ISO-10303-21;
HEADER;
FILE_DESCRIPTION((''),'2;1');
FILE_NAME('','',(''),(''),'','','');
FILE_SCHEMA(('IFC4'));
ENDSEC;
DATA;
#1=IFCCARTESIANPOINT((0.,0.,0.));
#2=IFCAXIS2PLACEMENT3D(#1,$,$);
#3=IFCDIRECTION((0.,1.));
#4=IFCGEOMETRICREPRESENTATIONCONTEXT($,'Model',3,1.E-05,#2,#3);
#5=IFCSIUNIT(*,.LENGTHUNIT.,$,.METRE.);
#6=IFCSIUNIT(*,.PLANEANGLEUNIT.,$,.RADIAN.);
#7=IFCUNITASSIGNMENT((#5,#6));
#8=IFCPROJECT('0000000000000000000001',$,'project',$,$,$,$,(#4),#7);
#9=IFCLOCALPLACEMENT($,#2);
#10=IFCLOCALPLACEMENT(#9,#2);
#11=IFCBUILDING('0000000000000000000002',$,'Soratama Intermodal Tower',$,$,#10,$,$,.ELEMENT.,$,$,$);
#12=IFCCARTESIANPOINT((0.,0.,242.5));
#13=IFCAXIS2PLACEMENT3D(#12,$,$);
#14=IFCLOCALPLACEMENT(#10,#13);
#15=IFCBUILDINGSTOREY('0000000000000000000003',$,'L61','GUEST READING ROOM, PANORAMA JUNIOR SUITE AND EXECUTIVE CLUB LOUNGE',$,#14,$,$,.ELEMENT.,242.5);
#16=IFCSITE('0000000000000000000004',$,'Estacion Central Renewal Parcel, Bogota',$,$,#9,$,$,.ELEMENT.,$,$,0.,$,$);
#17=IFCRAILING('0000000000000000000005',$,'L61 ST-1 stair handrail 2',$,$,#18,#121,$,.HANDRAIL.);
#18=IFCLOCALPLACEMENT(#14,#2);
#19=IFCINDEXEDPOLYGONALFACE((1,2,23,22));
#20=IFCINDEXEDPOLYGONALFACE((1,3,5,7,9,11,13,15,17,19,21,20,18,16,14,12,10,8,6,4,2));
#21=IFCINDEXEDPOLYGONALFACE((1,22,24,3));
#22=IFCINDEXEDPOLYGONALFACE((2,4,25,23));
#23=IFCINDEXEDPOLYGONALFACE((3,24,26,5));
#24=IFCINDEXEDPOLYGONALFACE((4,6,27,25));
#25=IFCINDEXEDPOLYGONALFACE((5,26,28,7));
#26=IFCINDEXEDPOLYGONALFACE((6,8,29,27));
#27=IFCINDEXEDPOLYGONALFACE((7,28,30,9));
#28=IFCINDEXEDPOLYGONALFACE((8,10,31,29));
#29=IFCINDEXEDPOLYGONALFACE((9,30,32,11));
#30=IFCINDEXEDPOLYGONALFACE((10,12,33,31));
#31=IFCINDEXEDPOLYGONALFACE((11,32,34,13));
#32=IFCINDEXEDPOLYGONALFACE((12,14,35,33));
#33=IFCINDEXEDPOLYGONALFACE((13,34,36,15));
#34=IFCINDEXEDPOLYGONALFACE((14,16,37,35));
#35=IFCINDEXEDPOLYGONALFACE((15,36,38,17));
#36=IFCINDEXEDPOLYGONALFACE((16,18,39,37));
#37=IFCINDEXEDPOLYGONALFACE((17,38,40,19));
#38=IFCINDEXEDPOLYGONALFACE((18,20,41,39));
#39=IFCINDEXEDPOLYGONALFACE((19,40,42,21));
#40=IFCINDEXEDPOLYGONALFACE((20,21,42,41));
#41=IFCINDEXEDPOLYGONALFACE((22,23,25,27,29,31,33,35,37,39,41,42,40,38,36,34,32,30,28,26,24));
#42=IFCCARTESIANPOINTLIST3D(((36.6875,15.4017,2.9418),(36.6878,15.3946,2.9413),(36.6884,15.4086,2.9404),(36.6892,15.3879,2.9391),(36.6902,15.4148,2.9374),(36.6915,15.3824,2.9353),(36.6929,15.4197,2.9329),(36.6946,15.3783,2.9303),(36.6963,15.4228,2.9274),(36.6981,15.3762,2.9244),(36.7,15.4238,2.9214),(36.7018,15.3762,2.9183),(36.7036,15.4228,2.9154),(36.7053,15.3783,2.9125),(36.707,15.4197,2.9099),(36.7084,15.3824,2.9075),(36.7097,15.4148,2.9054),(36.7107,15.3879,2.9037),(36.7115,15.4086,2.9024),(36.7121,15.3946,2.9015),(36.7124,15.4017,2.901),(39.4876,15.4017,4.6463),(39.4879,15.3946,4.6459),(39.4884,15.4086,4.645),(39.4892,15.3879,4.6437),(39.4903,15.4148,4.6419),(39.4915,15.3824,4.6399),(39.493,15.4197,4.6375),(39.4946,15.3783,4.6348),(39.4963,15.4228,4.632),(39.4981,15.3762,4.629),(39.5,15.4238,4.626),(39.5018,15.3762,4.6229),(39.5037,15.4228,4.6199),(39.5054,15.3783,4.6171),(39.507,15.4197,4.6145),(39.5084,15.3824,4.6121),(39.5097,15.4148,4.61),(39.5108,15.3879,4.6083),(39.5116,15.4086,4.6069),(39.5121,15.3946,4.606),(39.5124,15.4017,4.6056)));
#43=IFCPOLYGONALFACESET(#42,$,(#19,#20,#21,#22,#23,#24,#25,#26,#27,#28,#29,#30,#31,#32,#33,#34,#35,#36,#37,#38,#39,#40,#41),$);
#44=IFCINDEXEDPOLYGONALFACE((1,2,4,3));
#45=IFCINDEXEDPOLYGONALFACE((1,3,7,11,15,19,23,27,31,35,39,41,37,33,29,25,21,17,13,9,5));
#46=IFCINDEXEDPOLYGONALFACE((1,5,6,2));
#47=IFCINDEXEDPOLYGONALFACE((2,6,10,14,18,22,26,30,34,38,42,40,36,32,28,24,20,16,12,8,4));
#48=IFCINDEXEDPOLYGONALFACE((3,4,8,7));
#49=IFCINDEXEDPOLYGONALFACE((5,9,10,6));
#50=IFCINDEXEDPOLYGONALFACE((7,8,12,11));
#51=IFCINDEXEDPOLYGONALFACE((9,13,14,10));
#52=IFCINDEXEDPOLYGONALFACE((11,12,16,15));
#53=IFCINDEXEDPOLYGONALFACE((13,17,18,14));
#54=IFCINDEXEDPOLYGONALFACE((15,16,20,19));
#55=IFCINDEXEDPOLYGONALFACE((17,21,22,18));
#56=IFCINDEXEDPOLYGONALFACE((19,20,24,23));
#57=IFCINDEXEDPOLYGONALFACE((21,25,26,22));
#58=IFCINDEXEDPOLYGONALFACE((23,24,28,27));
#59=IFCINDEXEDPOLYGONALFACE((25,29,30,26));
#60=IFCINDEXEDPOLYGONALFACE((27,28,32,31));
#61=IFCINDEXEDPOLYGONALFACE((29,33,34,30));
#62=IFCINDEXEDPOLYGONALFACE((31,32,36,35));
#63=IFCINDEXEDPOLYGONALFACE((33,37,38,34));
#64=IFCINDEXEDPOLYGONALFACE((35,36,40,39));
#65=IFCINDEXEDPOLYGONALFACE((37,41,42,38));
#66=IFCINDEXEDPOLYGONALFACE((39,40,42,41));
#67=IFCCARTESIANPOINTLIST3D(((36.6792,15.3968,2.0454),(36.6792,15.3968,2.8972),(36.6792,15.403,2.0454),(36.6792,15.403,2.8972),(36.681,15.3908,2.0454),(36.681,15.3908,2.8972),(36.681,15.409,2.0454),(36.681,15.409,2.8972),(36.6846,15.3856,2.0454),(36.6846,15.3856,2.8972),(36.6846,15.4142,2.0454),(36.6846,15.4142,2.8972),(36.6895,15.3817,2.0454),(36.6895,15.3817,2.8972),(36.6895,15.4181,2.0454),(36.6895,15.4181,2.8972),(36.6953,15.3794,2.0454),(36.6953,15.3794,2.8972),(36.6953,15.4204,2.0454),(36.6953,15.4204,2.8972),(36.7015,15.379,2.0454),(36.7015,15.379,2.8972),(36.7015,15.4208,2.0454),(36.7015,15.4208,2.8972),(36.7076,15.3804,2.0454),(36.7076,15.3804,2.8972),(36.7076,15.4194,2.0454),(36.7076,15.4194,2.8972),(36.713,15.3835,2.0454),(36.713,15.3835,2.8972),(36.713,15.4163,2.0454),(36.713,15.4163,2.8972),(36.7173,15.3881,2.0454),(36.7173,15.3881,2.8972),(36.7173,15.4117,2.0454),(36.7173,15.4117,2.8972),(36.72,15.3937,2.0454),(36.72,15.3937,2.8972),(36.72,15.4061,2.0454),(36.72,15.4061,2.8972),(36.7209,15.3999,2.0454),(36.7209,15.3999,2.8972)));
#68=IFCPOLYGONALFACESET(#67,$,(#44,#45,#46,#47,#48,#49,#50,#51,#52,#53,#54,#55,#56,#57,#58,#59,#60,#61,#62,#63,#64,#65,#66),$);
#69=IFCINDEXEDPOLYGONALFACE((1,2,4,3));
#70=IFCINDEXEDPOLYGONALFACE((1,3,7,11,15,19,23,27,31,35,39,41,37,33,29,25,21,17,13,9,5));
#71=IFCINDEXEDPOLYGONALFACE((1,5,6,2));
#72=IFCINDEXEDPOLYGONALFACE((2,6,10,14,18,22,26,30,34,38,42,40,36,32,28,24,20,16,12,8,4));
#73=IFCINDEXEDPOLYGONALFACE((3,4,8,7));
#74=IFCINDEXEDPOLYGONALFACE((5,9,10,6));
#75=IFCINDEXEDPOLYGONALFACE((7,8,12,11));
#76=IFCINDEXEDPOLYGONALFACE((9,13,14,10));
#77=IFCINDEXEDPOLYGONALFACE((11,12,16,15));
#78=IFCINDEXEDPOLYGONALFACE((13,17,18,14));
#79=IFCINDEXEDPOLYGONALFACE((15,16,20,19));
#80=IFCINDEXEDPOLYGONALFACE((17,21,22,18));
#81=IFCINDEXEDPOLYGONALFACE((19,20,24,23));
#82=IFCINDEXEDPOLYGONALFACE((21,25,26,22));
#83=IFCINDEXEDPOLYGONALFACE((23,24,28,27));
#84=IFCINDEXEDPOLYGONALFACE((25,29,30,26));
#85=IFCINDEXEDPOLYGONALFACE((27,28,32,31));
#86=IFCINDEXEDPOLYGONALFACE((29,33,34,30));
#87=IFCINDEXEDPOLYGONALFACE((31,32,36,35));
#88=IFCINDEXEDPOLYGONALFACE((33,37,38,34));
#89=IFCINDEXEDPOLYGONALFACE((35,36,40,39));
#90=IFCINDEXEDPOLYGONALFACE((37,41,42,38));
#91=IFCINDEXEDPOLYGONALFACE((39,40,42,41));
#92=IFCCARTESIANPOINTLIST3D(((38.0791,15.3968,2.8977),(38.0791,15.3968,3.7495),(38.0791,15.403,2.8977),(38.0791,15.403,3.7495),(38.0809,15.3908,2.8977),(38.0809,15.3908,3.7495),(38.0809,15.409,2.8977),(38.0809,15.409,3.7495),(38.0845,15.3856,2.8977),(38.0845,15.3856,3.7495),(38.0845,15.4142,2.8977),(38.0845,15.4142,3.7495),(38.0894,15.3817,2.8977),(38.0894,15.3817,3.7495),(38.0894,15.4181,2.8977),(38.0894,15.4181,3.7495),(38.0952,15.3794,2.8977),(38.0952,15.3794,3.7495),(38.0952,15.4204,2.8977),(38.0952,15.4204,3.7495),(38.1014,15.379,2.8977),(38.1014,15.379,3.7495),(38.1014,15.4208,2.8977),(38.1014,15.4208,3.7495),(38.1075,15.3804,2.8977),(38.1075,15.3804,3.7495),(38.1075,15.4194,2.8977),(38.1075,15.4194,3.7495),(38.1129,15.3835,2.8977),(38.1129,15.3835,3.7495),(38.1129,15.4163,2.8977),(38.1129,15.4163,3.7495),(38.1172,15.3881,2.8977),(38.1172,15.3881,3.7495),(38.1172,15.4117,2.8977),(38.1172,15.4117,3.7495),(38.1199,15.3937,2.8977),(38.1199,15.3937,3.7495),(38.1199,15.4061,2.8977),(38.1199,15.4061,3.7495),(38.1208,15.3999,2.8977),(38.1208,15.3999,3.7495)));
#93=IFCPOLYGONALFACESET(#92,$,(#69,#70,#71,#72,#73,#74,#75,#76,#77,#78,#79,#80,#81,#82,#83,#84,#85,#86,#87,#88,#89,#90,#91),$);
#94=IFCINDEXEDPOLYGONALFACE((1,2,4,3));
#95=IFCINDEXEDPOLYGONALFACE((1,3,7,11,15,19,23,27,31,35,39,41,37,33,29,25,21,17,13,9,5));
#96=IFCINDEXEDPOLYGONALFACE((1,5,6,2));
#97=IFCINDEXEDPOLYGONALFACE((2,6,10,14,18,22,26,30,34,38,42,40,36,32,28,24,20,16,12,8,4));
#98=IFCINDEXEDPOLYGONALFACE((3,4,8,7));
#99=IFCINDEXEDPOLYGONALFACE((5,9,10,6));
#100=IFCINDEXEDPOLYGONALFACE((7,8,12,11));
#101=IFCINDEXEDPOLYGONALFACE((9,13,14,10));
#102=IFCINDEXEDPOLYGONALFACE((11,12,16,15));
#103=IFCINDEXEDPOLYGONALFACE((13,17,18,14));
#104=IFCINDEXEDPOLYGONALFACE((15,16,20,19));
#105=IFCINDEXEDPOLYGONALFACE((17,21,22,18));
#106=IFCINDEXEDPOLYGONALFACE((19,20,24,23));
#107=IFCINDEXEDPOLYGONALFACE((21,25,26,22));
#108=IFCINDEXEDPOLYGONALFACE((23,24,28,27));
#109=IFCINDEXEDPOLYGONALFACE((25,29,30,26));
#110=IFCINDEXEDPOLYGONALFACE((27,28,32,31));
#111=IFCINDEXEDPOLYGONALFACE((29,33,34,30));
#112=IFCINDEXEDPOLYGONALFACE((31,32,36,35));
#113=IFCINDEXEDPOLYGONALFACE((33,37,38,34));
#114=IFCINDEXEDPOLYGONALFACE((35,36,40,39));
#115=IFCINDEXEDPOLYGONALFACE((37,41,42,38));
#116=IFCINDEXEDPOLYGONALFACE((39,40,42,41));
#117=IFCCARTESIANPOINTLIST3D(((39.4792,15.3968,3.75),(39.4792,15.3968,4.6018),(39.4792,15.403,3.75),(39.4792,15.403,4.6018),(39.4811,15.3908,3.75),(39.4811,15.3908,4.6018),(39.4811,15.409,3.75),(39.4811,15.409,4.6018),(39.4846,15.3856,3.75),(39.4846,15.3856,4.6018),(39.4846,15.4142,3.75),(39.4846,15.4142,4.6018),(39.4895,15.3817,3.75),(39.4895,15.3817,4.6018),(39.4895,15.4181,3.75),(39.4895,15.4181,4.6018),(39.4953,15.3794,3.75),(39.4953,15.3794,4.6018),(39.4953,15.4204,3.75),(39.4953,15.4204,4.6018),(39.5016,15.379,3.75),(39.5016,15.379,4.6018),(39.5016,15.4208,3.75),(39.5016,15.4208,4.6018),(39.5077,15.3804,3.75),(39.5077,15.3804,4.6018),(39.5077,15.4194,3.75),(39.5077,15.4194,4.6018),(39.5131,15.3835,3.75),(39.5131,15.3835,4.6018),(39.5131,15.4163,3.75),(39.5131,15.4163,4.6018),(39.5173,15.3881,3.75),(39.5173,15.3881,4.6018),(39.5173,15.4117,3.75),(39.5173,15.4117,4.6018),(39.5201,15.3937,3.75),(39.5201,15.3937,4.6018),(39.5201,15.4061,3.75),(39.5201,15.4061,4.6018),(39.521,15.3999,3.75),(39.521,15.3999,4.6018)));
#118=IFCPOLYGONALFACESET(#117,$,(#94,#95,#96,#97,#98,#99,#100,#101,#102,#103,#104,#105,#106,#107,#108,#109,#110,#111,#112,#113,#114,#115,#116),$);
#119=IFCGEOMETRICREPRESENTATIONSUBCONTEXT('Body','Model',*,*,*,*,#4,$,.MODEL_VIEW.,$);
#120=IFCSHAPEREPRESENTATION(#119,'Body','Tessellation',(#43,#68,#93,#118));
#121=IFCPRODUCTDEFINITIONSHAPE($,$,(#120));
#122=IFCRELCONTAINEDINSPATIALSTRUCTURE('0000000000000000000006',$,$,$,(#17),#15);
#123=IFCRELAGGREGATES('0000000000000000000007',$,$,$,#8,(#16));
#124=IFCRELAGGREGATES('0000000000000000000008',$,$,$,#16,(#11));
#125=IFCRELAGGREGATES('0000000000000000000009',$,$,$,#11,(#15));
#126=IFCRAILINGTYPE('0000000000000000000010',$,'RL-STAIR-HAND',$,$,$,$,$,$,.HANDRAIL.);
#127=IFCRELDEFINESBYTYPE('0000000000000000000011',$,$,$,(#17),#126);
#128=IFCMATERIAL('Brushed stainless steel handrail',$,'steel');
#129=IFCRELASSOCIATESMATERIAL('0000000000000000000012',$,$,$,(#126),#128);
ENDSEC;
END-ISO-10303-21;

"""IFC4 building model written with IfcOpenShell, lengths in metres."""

from ifc_helpers import new_model, si_unit, direction, frame, origin, origin_2d, place, context, subcontext, project, spatial, circle, extrude, material, type_object, element, save


model = new_model("IFC4")

# Units and contexts
model_context = context("Model", 3, precision=1e-05, world=origin(), true_north=direction((0.0, 1.0)))
body_context = subcontext(model_context, "Body", "Model", "MODEL_VIEW")
ifc_project = project(units=[si_unit("LENGTHUNIT", "METRE"), si_unit("PLANEANGLEUNIT", "RADIAN")], contexts=[model_context])

# Site, building, storey
site_placement = place(None, origin())
site = spatial("IfcSite", under=ifc_project, at=site_placement, Name="Estacion Central Renewal Parcel, Bogota", CompositionType="ELEMENT", RefElevation=0.0)
building_placement = place(site_placement, origin())
building = spatial("IfcBuilding", under=site, at=building_placement, Name="Soratama Intermodal Tower", CompositionType="ELEMENT")
storey_placement = place(building_placement, frame((0.0, 0.0, 242.5)))
storey = spatial("IfcBuildingStorey", under=building, at=storey_placement, Name="L61", Description="GUEST READING ROOM, PANORAMA JUNIOR SUITE AND EXECUTIVE CLUB LOUNGE", CompositionType="ELEMENT", Elevation=242.5)

# Railing
ifc_material_1 = material(Name="Brushed stainless steel handrail", Category="steel")
railing_type_1 = type_object("IfcRailingType", Name="RL-STAIR-HAND", PredefinedType="HANDRAIL", material=ifc_material_1)
railing_1_placement = place(storey_placement, frame((36.7, 15.3999, 2.0454)))
element("IfcRailing", 1, at=railing_1_placement, inside=storey, type_object=railing_type_1, Name="L61 ST-1 stair handrail 2", PredefinedType="HANDRAIL", context=body_context, shape_type="SweptSolid", body=[
    extrude(circle(Radius=0.0239, at=origin_2d()), frame((0.0, 0.0, 0.876), z_axis=(0.85417, 0.0, 0.519994), x_axis=(0.0, 1.0, 0.0)), (0.0, 0.0, 1.0), 3.2781),
    extrude(circle(Radius=0.021, at=origin_2d()), origin(), (0.0, 0.0, 1.0), 0.8518),
    extrude(circle(Radius=0.021, at=origin_2d()), frame((1.3999, 0.0, 0.8523)), (0.0, 0.0, 1.0), 0.8518),
    extrude(circle(Radius=0.021, at=origin_2d()), frame((2.8, 0.0, 1.7046)), (0.0, 0.0, 1.0), 0.8518),
])

save(model, "model.ifc")
